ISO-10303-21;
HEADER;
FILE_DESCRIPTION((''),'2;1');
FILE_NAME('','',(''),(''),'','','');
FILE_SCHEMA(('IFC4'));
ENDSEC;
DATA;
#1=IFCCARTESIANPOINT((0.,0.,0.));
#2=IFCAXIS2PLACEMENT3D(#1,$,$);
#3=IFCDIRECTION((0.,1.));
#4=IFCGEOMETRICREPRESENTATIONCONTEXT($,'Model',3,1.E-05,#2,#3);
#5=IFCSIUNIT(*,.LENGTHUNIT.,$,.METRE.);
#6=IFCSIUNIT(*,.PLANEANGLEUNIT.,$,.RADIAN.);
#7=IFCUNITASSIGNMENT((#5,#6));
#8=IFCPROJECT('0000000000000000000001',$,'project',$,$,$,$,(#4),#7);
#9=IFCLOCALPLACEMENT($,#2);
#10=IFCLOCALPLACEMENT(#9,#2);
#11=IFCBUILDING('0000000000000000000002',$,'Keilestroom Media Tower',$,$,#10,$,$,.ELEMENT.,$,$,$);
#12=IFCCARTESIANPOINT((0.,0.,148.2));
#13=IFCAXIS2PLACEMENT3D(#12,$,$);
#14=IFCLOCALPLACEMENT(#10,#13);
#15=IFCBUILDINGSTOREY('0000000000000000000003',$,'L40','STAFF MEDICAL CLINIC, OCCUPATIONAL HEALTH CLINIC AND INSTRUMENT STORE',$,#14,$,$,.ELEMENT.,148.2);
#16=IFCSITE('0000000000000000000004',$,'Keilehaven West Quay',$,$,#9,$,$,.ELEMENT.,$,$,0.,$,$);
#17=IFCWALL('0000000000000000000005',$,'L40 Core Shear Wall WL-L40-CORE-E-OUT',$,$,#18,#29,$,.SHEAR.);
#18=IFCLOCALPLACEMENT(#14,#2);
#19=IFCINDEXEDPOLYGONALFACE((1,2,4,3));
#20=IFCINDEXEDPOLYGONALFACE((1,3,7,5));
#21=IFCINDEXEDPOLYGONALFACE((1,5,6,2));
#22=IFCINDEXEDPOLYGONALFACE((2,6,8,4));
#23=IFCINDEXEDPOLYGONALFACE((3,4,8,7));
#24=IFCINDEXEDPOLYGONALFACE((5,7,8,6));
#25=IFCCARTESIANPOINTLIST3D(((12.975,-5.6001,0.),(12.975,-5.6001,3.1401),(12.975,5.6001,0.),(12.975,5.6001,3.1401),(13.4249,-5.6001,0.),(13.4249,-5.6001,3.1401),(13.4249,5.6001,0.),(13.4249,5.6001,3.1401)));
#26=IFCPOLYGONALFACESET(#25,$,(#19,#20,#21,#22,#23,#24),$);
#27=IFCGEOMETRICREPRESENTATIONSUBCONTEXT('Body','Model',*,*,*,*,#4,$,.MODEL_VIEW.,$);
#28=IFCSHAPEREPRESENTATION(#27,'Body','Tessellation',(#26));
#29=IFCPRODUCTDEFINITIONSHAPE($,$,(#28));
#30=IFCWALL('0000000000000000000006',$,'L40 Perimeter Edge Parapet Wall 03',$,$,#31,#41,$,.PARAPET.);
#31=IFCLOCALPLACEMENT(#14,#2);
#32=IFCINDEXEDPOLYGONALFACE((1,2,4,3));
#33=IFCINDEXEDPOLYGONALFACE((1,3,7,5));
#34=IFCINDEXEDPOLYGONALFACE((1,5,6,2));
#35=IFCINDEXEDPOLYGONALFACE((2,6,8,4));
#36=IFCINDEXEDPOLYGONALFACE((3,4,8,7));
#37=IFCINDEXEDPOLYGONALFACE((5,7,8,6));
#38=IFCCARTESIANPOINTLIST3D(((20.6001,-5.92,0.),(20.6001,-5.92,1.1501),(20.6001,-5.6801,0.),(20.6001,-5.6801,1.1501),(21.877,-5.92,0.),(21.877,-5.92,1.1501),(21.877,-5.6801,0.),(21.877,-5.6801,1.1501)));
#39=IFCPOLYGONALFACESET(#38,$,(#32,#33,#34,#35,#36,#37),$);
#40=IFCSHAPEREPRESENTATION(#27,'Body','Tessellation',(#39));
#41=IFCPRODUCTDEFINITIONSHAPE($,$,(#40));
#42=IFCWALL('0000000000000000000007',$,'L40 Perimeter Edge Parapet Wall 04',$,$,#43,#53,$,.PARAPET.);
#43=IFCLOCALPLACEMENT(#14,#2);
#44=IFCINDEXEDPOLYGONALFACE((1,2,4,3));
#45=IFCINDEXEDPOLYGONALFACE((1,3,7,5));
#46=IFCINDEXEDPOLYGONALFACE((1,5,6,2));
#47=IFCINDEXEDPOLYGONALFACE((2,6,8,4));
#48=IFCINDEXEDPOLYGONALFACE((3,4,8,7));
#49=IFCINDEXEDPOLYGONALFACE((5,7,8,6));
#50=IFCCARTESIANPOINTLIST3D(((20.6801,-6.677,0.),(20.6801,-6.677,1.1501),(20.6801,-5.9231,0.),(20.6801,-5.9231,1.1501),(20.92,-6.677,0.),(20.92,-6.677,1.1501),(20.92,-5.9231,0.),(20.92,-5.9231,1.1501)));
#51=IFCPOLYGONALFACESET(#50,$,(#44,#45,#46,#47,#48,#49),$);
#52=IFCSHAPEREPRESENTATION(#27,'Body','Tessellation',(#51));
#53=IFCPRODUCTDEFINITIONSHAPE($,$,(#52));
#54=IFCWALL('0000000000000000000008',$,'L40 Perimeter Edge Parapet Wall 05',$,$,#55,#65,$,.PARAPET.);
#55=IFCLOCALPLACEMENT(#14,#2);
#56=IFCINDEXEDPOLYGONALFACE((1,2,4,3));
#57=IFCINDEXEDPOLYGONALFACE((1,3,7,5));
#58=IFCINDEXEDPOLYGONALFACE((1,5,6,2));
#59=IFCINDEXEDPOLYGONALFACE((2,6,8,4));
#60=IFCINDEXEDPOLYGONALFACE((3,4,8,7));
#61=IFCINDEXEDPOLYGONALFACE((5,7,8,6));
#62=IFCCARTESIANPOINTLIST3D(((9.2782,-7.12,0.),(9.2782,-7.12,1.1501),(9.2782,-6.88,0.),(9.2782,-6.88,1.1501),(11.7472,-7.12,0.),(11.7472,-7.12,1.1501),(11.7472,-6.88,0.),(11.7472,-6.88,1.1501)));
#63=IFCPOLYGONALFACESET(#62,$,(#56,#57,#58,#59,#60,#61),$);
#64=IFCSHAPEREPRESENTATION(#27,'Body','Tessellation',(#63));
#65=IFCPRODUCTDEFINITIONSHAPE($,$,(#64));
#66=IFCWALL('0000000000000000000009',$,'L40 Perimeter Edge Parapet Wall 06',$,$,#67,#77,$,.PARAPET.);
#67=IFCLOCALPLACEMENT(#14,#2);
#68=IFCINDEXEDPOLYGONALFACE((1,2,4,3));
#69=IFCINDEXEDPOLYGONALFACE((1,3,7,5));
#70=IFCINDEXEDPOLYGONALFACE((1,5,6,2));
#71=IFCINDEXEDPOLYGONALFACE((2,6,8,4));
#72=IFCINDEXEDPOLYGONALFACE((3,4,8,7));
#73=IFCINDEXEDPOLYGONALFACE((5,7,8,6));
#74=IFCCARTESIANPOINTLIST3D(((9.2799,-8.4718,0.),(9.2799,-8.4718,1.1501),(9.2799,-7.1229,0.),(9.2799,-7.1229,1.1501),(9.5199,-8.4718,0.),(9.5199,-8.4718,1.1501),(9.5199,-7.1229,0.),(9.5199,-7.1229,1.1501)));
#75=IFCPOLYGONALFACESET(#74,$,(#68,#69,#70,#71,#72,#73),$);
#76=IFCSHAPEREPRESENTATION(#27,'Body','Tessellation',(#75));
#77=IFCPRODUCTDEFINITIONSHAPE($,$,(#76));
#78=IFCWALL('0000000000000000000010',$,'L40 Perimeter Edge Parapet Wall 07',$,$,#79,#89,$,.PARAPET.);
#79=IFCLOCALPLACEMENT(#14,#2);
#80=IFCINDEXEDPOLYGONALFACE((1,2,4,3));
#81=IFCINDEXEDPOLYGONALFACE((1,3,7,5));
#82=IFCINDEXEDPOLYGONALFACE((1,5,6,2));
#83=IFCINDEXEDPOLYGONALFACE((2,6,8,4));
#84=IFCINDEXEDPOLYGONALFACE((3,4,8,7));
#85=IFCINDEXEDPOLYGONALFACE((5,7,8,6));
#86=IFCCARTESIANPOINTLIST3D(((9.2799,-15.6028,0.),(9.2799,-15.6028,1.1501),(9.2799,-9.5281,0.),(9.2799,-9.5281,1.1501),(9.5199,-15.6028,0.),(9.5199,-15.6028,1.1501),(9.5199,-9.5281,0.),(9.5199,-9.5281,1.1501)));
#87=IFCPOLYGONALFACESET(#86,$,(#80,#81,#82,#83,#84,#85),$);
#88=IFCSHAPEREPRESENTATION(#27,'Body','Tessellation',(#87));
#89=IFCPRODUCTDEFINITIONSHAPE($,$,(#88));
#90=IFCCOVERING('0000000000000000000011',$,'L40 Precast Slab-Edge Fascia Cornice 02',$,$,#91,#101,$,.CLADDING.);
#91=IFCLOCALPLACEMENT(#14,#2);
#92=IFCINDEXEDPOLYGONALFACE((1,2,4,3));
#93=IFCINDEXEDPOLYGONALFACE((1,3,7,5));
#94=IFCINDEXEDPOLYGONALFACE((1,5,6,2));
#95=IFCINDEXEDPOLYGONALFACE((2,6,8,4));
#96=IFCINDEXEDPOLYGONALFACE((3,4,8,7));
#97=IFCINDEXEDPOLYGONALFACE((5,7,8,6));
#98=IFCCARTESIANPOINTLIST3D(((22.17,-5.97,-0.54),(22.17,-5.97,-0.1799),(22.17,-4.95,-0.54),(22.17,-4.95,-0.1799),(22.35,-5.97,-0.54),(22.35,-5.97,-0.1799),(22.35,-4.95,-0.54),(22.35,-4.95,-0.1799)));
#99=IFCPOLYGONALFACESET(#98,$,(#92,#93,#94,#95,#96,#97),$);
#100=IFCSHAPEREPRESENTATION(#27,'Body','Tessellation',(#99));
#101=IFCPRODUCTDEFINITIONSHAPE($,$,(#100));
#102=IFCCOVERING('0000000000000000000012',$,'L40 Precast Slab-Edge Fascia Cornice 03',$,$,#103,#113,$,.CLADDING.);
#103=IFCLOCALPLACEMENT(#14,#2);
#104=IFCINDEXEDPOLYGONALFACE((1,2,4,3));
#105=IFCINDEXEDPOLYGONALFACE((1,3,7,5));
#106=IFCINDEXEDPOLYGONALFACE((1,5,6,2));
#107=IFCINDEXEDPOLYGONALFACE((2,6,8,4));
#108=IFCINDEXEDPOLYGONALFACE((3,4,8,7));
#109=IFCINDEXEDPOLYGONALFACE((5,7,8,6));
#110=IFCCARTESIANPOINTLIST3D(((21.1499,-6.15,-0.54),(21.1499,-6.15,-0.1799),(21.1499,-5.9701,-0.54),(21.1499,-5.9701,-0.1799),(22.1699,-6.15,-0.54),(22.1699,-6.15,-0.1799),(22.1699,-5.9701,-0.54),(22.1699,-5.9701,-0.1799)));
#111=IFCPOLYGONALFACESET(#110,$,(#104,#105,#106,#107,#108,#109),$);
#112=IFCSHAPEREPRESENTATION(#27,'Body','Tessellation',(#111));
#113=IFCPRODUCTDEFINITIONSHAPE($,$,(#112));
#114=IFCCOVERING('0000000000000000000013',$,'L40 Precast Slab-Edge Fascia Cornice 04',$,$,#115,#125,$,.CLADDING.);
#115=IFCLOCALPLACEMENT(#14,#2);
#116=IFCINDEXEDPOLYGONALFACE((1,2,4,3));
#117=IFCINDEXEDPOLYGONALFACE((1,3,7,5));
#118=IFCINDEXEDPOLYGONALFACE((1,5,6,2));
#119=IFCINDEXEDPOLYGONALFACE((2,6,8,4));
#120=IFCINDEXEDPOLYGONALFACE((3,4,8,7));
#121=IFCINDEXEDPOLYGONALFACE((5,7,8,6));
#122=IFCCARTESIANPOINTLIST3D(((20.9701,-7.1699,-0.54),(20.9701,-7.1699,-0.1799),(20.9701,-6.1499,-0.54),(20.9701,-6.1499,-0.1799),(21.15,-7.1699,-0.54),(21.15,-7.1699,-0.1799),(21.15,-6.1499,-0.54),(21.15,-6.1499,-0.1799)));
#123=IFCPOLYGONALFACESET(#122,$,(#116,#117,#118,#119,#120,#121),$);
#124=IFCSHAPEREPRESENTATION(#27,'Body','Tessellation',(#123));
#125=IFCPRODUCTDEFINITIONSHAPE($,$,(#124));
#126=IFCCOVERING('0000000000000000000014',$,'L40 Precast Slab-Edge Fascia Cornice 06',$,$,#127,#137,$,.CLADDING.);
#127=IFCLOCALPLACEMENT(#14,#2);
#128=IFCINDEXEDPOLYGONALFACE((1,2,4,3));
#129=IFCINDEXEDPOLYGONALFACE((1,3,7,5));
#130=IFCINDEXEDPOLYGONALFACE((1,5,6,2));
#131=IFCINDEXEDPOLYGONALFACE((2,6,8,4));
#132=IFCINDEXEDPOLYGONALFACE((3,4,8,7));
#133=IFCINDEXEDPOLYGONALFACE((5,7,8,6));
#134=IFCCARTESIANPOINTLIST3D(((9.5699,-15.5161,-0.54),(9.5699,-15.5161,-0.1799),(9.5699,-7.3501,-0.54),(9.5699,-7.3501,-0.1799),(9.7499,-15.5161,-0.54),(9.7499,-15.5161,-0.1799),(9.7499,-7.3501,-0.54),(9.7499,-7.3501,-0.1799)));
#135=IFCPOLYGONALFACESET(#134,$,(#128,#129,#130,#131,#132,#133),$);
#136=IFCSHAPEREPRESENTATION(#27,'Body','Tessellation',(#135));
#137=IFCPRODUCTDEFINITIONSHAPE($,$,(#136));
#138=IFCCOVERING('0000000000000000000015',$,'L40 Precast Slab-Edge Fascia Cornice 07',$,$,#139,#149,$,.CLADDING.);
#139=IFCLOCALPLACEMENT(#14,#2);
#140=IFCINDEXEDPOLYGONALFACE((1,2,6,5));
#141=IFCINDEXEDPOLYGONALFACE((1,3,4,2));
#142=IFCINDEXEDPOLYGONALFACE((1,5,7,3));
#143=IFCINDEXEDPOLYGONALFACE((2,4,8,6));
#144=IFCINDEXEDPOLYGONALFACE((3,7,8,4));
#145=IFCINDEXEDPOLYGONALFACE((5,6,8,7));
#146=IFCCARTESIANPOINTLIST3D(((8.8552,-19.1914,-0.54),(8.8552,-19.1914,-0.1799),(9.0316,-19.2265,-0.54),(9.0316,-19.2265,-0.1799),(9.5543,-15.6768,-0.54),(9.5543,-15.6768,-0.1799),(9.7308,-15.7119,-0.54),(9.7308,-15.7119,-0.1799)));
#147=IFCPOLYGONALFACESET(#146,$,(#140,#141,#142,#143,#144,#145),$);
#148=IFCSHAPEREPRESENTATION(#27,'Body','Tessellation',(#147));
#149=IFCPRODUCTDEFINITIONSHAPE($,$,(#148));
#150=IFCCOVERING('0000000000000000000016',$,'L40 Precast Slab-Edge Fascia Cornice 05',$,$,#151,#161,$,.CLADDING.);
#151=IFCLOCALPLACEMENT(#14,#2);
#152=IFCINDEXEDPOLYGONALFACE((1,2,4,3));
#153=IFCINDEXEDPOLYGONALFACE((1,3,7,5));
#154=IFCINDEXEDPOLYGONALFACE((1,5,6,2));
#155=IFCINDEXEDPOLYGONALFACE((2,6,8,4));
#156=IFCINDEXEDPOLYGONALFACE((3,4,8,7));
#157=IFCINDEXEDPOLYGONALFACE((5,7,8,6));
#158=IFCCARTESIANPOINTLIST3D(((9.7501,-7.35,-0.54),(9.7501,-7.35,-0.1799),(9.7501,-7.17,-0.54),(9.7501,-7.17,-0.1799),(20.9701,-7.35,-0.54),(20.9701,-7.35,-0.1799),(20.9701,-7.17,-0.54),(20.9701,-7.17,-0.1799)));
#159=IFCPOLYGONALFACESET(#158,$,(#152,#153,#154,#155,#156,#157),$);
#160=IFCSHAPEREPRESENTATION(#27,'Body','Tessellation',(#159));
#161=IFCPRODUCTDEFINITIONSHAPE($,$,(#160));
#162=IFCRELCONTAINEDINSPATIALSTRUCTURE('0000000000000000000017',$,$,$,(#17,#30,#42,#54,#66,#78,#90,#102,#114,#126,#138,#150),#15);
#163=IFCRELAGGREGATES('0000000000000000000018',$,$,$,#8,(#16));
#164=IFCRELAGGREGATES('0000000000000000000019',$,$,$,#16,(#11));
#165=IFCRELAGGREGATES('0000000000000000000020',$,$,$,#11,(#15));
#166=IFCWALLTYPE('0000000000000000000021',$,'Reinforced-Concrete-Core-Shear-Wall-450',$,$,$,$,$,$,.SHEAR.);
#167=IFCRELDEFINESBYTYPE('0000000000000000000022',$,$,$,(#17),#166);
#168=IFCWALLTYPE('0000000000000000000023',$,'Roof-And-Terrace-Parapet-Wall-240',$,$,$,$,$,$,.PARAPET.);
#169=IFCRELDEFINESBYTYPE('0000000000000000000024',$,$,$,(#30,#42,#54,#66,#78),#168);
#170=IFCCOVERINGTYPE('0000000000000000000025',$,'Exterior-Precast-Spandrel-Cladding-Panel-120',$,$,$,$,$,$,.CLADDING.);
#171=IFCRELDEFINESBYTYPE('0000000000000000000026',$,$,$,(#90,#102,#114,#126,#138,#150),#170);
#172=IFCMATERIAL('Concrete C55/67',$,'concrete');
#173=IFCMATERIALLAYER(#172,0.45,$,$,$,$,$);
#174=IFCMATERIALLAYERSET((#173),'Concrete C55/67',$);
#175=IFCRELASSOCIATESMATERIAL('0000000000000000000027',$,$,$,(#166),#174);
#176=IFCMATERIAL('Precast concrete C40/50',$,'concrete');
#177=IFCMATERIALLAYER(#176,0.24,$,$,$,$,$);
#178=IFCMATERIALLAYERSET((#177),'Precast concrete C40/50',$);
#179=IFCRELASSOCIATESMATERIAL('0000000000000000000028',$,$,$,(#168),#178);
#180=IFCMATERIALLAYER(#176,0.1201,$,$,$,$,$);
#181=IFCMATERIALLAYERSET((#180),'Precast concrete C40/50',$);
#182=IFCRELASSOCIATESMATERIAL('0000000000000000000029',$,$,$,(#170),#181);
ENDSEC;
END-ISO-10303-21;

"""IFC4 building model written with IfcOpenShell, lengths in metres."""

from ifc_helpers import new_model, si_unit, direction, frame, frame_2d, origin, origin_2d, place, context, subcontext, project, spatial, rectangle, extrude, source, transform, mapped, material, layer, layer_set, type_object, element, save


model = new_model("IFC4")

# Units and contexts
model_context = context("Model", 3, precision=1e-05, world=origin(), true_north=direction((0.0, 1.0)))
body_context = subcontext(model_context, "Body", "Model", "MODEL_VIEW")
ifc_project = project(units=[si_unit("LENGTHUNIT", "METRE"), si_unit("PLANEANGLEUNIT", "RADIAN")], contexts=[model_context])

# Site, building, storey
site_placement = place(None, origin())
site = spatial("IfcSite", under=ifc_project, at=site_placement, Name="Keilehaven West Quay", CompositionType="ELEMENT", RefElevation=0.0)
building_placement = place(site_placement, origin())
building = spatial("IfcBuilding", under=site, at=building_placement, Name="Keilestroom Media Tower", CompositionType="ELEMENT")
storey_placement = place(building_placement, frame((0.0, 0.0, 148.2)))
storey = spatial("IfcBuildingStorey", under=building, at=storey_placement, Name="L40", Description="STAFF MEDICAL CLINIC, OCCUPATIONAL HEALTH CLINIC AND INSTRUMENT STORE", CompositionType="ELEMENT", Elevation=148.2)

# Shared definitions
ifc_material_1 = material(Name="Precast concrete C40/50", Category="concrete")
ifc_material_2 = material(Name="Concrete C55/67", Category="concrete")

# Walls
ifc_layer_1 = layer(ifc_material_2, 0.45)
ifc_layer_set_1 = layer_set([ifc_layer_1], Name="Concrete C55/67")
wall_type_1 = type_object("IfcWallType", Name="Reinforced-Concrete-Core-Shear-Wall-450", PredefinedType="SHEAR", material=ifc_layer_set_1)
wall_1_placement = place(storey_placement, frame((13.2, -5.6001, 0.0), z_axis=(0.0, 0.0, 1.0), x_axis=(0.0, 1.0, 0.0)))
element("IfcWall", 1, at=wall_1_placement, inside=storey, type_object=wall_type_1, Name="L40 Core Shear Wall WL-L40-CORE-E-OUT", PredefinedType="SHEAR", context=body_context, shape_type="SweptSolid", body=[
    extrude(rectangle(XDim=11.2002, YDim=0.45, at=frame_2d((5.6001, 0.0))), origin(), (0.0, 0.0, 1.0), 3.1401),
])
ifc_layer_2 = layer(ifc_material_1, 0.24)
ifc_layer_set_2 = layer_set([ifc_layer_2], Name="Precast concrete C40/50")
wall_type_2 = type_object("IfcWallType", Name="Roof-And-Terrace-Parapet-Wall-240", PredefinedType="PARAPET", material=ifc_layer_set_2)
wall_2_placement = place(storey_placement, frame((21.877, -5.8, 0.0), z_axis=(0.0, 0.0, 1.0), x_axis=(-1.0, 0.0, 0.0)))
element("IfcWall", 2, at=wall_2_placement, inside=storey, type_object=wall_type_2, Name="L40 Perimeter Edge Parapet Wall 03", PredefinedType="PARAPET", context=body_context, shape_type="SweptSolid", body=[
    extrude(rectangle(XDim=1.2769, YDim=0.24, at=frame_2d((0.6384, 0.0))), origin(), (0.0, 0.0, 1.0), 1.1501),
])
wall_3_placement = place(storey_placement, frame((20.8, -5.9231, 0.0), z_axis=(0.0, 0.0, 1.0), x_axis=(0.0, -1.0, 0.0)))
element("IfcWall", 3, at=wall_3_placement, inside=storey, type_object=wall_type_2, Name="L40 Perimeter Edge Parapet Wall 04", PredefinedType="PARAPET", context=body_context, shape_type="SweptSolid", body=[
    extrude(rectangle(XDim=0.7539, YDim=0.24, at=frame_2d((0.377, 0.0))), origin(), (0.0, 0.0, 1.0), 1.1501),
])
wall_4_placement = place(storey_placement, frame((11.7471, -7.0, 0.0), z_axis=(0.0, 0.0, 1.0), x_axis=(-1.0, 0.0, 0.0)))
element("IfcWall", 4, at=wall_4_placement, inside=storey, type_object=wall_type_2, Name="L40 Perimeter Edge Parapet Wall 05", PredefinedType="PARAPET", context=body_context, shape_type="SweptSolid", body=[
    extrude(rectangle(XDim=2.469, YDim=0.24, at=frame_2d((1.2344, 0.0))), origin(), (0.0, 0.0, 1.0), 1.1501),
])
wall_5_placement = place(storey_placement, frame((9.3999, -7.123, 0.0), z_axis=(0.0, 0.0, 1.0), x_axis=(0.0, -1.0, 0.0)))
element("IfcWall", 5, at=wall_5_placement, inside=storey, type_object=wall_type_2, Name="L40 Perimeter Edge Parapet Wall 06", PredefinedType="PARAPET", context=body_context, shape_type="SweptSolid", body=[
    extrude(rectangle(XDim=1.3489, YDim=0.24, at=frame_2d((0.6743, 0.0))), origin(), (0.0, 0.0, 1.0), 1.1501),
])
wall_6_placement = place(storey_placement, frame((9.3999, -9.5281, 0.0), z_axis=(0.0, 0.0, 1.0), x_axis=(0.0, -1.0, 0.0)))
element("IfcWall", 6, at=wall_6_placement, inside=storey, type_object=wall_type_2, Name="L40 Perimeter Edge Parapet Wall 07", PredefinedType="PARAPET", context=body_context, shape_type="SweptSolid", body=[
    extrude(rectangle(XDim=6.0747, YDim=0.24, at=frame_2d((3.0374, 0.0))), origin(), (0.0, 0.0, 1.0), 1.1501),
])

# Coverings
ifc_layer_3 = layer(ifc_material_1, 0.1201)
ifc_layer_set_3 = layer_set([ifc_layer_3], Name="Precast concrete C40/50")
covering_type = type_object("IfcCoveringType", Name="Exterior-Precast-Spandrel-Cladding-Panel-120", PredefinedType="CLADDING", material=ifc_layer_set_3)
shared_shape_1 = source(origin(), body_context, "Body", "SweptSolid", [
    extrude(rectangle(XDim=1.02, YDim=0.1799, at=origin_2d()), origin(), (0.0, 0.0, 1.0), 0.3601),
])
for number, where, z_axis, x_axis, name in (
    (7, (22.26, -5.46, -0.54), (0.0, 0.0, 1.0), (0.0, -1.0, 0.0), "L40 Precast Slab-Edge Fascia Cornice 02"),
    (8, (21.6599, -6.0601, -0.54), (0.0, 0.0, 1.0), (-1.0, 0.0, 0.0), "L40 Precast Slab-Edge Fascia Cornice 03"),
    (9, (21.0601, -6.6599, -0.54), (0.0, 0.0, 1.0), (0.0, -1.0, 0.0), "L40 Precast Slab-Edge Fascia Cornice 04"),
):
    element("IfcCovering", number, at=place(storey_placement, frame(where, z_axis=z_axis, x_axis=x_axis)), inside=storey, type_object=covering_type, Name=name, PredefinedType="CLADDING", context=body_context, shape_type="MappedRepresentation", body=[
        mapped(shared_shape_1, transform((0.0, 0.0, 0.0), x_axis=(1.0, 0.0, 0.0), y_axis=(0.0, 1.0, 0.0), z_axis=(0.0, 0.0, 1.0), scale=1.0)),
    ])
shared_shape_2 = source(origin(), body_context, "Body", "SweptSolid", [
    extrude(rectangle(XDim=8.166, YDim=0.1799, at=origin_2d()), origin(), (0.0, 0.0, 1.0), 0.3601),
])
covering_1_placement = place(storey_placement, frame((9.6599, -11.4331, -0.54), z_axis=(0.0, 0.0, 1.0), x_axis=(0.0, -1.0, 0.0)))
element("IfcCovering", 10, at=covering_1_placement, inside=storey, type_object=covering_type, Name="L40 Precast Slab-Edge Fascia Cornice 06", PredefinedType="CLADDING", context=body_context, shape_type="MappedRepresentation", body=[
    mapped(shared_shape_2, transform((0.0, 0.0, 0.0), x_axis=(1.0, 0.0, 0.0), y_axis=(0.0, 1.0, 0.0), z_axis=(0.0, 0.0, 1.0), scale=1.0)),
])
shared_shape_3 = source(origin(), body_context, "Body", "SweptSolid", [
    extrude(rectangle(XDim=3.5835, YDim=0.1799, at=origin_2d()), origin(), (0.0, 0.0, 1.0), 0.3601),
])
covering_2_placement = place(storey_placement, frame((9.293, -17.4517, -0.54), z_axis=(0.0, 0.0, 1.0), x_axis=(-0.195099, -0.980784, 0.0)))
element("IfcCovering", 11, at=covering_2_placement, inside=storey, type_object=covering_type, Name="L40 Precast Slab-Edge Fascia Cornice 07", PredefinedType="CLADDING", context=body_context, shape_type="MappedRepresentation", body=[
    mapped(shared_shape_3, transform((0.0, 0.0, 0.0), x_axis=(1.0, 0.0, 0.0), y_axis=(0.0, 1.0, 0.0), z_axis=(0.0, 0.0, 1.0), scale=1.0)),
])
shared_shape_4 = source(origin(), body_context, "Body", "SweptSolid", [
    extrude(rectangle(XDim=11.22, YDim=0.1799, at=origin_2d()), origin(), (0.0, 0.0, 1.0), 0.3601),
])
covering_3_placement = place(storey_placement, frame((15.3601, -7.26, -0.54), z_axis=(0.0, 0.0, 1.0), x_axis=(-1.0, 0.0, 0.0)))
element("IfcCovering", 12, at=covering_3_placement, inside=storey, type_object=covering_type, Name="L40 Precast Slab-Edge Fascia Cornice 05", PredefinedType="CLADDING", context=body_context, shape_type="MappedRepresentation", body=[
    mapped(shared_shape_4, transform((0.0, 0.0, 0.0), x_axis=(1.0, 0.0, 0.0), y_axis=(0.0, 1.0, 0.0), z_axis=(0.0, 0.0, 1.0), scale=1.0)),
])

save(model, "model.ifc")
